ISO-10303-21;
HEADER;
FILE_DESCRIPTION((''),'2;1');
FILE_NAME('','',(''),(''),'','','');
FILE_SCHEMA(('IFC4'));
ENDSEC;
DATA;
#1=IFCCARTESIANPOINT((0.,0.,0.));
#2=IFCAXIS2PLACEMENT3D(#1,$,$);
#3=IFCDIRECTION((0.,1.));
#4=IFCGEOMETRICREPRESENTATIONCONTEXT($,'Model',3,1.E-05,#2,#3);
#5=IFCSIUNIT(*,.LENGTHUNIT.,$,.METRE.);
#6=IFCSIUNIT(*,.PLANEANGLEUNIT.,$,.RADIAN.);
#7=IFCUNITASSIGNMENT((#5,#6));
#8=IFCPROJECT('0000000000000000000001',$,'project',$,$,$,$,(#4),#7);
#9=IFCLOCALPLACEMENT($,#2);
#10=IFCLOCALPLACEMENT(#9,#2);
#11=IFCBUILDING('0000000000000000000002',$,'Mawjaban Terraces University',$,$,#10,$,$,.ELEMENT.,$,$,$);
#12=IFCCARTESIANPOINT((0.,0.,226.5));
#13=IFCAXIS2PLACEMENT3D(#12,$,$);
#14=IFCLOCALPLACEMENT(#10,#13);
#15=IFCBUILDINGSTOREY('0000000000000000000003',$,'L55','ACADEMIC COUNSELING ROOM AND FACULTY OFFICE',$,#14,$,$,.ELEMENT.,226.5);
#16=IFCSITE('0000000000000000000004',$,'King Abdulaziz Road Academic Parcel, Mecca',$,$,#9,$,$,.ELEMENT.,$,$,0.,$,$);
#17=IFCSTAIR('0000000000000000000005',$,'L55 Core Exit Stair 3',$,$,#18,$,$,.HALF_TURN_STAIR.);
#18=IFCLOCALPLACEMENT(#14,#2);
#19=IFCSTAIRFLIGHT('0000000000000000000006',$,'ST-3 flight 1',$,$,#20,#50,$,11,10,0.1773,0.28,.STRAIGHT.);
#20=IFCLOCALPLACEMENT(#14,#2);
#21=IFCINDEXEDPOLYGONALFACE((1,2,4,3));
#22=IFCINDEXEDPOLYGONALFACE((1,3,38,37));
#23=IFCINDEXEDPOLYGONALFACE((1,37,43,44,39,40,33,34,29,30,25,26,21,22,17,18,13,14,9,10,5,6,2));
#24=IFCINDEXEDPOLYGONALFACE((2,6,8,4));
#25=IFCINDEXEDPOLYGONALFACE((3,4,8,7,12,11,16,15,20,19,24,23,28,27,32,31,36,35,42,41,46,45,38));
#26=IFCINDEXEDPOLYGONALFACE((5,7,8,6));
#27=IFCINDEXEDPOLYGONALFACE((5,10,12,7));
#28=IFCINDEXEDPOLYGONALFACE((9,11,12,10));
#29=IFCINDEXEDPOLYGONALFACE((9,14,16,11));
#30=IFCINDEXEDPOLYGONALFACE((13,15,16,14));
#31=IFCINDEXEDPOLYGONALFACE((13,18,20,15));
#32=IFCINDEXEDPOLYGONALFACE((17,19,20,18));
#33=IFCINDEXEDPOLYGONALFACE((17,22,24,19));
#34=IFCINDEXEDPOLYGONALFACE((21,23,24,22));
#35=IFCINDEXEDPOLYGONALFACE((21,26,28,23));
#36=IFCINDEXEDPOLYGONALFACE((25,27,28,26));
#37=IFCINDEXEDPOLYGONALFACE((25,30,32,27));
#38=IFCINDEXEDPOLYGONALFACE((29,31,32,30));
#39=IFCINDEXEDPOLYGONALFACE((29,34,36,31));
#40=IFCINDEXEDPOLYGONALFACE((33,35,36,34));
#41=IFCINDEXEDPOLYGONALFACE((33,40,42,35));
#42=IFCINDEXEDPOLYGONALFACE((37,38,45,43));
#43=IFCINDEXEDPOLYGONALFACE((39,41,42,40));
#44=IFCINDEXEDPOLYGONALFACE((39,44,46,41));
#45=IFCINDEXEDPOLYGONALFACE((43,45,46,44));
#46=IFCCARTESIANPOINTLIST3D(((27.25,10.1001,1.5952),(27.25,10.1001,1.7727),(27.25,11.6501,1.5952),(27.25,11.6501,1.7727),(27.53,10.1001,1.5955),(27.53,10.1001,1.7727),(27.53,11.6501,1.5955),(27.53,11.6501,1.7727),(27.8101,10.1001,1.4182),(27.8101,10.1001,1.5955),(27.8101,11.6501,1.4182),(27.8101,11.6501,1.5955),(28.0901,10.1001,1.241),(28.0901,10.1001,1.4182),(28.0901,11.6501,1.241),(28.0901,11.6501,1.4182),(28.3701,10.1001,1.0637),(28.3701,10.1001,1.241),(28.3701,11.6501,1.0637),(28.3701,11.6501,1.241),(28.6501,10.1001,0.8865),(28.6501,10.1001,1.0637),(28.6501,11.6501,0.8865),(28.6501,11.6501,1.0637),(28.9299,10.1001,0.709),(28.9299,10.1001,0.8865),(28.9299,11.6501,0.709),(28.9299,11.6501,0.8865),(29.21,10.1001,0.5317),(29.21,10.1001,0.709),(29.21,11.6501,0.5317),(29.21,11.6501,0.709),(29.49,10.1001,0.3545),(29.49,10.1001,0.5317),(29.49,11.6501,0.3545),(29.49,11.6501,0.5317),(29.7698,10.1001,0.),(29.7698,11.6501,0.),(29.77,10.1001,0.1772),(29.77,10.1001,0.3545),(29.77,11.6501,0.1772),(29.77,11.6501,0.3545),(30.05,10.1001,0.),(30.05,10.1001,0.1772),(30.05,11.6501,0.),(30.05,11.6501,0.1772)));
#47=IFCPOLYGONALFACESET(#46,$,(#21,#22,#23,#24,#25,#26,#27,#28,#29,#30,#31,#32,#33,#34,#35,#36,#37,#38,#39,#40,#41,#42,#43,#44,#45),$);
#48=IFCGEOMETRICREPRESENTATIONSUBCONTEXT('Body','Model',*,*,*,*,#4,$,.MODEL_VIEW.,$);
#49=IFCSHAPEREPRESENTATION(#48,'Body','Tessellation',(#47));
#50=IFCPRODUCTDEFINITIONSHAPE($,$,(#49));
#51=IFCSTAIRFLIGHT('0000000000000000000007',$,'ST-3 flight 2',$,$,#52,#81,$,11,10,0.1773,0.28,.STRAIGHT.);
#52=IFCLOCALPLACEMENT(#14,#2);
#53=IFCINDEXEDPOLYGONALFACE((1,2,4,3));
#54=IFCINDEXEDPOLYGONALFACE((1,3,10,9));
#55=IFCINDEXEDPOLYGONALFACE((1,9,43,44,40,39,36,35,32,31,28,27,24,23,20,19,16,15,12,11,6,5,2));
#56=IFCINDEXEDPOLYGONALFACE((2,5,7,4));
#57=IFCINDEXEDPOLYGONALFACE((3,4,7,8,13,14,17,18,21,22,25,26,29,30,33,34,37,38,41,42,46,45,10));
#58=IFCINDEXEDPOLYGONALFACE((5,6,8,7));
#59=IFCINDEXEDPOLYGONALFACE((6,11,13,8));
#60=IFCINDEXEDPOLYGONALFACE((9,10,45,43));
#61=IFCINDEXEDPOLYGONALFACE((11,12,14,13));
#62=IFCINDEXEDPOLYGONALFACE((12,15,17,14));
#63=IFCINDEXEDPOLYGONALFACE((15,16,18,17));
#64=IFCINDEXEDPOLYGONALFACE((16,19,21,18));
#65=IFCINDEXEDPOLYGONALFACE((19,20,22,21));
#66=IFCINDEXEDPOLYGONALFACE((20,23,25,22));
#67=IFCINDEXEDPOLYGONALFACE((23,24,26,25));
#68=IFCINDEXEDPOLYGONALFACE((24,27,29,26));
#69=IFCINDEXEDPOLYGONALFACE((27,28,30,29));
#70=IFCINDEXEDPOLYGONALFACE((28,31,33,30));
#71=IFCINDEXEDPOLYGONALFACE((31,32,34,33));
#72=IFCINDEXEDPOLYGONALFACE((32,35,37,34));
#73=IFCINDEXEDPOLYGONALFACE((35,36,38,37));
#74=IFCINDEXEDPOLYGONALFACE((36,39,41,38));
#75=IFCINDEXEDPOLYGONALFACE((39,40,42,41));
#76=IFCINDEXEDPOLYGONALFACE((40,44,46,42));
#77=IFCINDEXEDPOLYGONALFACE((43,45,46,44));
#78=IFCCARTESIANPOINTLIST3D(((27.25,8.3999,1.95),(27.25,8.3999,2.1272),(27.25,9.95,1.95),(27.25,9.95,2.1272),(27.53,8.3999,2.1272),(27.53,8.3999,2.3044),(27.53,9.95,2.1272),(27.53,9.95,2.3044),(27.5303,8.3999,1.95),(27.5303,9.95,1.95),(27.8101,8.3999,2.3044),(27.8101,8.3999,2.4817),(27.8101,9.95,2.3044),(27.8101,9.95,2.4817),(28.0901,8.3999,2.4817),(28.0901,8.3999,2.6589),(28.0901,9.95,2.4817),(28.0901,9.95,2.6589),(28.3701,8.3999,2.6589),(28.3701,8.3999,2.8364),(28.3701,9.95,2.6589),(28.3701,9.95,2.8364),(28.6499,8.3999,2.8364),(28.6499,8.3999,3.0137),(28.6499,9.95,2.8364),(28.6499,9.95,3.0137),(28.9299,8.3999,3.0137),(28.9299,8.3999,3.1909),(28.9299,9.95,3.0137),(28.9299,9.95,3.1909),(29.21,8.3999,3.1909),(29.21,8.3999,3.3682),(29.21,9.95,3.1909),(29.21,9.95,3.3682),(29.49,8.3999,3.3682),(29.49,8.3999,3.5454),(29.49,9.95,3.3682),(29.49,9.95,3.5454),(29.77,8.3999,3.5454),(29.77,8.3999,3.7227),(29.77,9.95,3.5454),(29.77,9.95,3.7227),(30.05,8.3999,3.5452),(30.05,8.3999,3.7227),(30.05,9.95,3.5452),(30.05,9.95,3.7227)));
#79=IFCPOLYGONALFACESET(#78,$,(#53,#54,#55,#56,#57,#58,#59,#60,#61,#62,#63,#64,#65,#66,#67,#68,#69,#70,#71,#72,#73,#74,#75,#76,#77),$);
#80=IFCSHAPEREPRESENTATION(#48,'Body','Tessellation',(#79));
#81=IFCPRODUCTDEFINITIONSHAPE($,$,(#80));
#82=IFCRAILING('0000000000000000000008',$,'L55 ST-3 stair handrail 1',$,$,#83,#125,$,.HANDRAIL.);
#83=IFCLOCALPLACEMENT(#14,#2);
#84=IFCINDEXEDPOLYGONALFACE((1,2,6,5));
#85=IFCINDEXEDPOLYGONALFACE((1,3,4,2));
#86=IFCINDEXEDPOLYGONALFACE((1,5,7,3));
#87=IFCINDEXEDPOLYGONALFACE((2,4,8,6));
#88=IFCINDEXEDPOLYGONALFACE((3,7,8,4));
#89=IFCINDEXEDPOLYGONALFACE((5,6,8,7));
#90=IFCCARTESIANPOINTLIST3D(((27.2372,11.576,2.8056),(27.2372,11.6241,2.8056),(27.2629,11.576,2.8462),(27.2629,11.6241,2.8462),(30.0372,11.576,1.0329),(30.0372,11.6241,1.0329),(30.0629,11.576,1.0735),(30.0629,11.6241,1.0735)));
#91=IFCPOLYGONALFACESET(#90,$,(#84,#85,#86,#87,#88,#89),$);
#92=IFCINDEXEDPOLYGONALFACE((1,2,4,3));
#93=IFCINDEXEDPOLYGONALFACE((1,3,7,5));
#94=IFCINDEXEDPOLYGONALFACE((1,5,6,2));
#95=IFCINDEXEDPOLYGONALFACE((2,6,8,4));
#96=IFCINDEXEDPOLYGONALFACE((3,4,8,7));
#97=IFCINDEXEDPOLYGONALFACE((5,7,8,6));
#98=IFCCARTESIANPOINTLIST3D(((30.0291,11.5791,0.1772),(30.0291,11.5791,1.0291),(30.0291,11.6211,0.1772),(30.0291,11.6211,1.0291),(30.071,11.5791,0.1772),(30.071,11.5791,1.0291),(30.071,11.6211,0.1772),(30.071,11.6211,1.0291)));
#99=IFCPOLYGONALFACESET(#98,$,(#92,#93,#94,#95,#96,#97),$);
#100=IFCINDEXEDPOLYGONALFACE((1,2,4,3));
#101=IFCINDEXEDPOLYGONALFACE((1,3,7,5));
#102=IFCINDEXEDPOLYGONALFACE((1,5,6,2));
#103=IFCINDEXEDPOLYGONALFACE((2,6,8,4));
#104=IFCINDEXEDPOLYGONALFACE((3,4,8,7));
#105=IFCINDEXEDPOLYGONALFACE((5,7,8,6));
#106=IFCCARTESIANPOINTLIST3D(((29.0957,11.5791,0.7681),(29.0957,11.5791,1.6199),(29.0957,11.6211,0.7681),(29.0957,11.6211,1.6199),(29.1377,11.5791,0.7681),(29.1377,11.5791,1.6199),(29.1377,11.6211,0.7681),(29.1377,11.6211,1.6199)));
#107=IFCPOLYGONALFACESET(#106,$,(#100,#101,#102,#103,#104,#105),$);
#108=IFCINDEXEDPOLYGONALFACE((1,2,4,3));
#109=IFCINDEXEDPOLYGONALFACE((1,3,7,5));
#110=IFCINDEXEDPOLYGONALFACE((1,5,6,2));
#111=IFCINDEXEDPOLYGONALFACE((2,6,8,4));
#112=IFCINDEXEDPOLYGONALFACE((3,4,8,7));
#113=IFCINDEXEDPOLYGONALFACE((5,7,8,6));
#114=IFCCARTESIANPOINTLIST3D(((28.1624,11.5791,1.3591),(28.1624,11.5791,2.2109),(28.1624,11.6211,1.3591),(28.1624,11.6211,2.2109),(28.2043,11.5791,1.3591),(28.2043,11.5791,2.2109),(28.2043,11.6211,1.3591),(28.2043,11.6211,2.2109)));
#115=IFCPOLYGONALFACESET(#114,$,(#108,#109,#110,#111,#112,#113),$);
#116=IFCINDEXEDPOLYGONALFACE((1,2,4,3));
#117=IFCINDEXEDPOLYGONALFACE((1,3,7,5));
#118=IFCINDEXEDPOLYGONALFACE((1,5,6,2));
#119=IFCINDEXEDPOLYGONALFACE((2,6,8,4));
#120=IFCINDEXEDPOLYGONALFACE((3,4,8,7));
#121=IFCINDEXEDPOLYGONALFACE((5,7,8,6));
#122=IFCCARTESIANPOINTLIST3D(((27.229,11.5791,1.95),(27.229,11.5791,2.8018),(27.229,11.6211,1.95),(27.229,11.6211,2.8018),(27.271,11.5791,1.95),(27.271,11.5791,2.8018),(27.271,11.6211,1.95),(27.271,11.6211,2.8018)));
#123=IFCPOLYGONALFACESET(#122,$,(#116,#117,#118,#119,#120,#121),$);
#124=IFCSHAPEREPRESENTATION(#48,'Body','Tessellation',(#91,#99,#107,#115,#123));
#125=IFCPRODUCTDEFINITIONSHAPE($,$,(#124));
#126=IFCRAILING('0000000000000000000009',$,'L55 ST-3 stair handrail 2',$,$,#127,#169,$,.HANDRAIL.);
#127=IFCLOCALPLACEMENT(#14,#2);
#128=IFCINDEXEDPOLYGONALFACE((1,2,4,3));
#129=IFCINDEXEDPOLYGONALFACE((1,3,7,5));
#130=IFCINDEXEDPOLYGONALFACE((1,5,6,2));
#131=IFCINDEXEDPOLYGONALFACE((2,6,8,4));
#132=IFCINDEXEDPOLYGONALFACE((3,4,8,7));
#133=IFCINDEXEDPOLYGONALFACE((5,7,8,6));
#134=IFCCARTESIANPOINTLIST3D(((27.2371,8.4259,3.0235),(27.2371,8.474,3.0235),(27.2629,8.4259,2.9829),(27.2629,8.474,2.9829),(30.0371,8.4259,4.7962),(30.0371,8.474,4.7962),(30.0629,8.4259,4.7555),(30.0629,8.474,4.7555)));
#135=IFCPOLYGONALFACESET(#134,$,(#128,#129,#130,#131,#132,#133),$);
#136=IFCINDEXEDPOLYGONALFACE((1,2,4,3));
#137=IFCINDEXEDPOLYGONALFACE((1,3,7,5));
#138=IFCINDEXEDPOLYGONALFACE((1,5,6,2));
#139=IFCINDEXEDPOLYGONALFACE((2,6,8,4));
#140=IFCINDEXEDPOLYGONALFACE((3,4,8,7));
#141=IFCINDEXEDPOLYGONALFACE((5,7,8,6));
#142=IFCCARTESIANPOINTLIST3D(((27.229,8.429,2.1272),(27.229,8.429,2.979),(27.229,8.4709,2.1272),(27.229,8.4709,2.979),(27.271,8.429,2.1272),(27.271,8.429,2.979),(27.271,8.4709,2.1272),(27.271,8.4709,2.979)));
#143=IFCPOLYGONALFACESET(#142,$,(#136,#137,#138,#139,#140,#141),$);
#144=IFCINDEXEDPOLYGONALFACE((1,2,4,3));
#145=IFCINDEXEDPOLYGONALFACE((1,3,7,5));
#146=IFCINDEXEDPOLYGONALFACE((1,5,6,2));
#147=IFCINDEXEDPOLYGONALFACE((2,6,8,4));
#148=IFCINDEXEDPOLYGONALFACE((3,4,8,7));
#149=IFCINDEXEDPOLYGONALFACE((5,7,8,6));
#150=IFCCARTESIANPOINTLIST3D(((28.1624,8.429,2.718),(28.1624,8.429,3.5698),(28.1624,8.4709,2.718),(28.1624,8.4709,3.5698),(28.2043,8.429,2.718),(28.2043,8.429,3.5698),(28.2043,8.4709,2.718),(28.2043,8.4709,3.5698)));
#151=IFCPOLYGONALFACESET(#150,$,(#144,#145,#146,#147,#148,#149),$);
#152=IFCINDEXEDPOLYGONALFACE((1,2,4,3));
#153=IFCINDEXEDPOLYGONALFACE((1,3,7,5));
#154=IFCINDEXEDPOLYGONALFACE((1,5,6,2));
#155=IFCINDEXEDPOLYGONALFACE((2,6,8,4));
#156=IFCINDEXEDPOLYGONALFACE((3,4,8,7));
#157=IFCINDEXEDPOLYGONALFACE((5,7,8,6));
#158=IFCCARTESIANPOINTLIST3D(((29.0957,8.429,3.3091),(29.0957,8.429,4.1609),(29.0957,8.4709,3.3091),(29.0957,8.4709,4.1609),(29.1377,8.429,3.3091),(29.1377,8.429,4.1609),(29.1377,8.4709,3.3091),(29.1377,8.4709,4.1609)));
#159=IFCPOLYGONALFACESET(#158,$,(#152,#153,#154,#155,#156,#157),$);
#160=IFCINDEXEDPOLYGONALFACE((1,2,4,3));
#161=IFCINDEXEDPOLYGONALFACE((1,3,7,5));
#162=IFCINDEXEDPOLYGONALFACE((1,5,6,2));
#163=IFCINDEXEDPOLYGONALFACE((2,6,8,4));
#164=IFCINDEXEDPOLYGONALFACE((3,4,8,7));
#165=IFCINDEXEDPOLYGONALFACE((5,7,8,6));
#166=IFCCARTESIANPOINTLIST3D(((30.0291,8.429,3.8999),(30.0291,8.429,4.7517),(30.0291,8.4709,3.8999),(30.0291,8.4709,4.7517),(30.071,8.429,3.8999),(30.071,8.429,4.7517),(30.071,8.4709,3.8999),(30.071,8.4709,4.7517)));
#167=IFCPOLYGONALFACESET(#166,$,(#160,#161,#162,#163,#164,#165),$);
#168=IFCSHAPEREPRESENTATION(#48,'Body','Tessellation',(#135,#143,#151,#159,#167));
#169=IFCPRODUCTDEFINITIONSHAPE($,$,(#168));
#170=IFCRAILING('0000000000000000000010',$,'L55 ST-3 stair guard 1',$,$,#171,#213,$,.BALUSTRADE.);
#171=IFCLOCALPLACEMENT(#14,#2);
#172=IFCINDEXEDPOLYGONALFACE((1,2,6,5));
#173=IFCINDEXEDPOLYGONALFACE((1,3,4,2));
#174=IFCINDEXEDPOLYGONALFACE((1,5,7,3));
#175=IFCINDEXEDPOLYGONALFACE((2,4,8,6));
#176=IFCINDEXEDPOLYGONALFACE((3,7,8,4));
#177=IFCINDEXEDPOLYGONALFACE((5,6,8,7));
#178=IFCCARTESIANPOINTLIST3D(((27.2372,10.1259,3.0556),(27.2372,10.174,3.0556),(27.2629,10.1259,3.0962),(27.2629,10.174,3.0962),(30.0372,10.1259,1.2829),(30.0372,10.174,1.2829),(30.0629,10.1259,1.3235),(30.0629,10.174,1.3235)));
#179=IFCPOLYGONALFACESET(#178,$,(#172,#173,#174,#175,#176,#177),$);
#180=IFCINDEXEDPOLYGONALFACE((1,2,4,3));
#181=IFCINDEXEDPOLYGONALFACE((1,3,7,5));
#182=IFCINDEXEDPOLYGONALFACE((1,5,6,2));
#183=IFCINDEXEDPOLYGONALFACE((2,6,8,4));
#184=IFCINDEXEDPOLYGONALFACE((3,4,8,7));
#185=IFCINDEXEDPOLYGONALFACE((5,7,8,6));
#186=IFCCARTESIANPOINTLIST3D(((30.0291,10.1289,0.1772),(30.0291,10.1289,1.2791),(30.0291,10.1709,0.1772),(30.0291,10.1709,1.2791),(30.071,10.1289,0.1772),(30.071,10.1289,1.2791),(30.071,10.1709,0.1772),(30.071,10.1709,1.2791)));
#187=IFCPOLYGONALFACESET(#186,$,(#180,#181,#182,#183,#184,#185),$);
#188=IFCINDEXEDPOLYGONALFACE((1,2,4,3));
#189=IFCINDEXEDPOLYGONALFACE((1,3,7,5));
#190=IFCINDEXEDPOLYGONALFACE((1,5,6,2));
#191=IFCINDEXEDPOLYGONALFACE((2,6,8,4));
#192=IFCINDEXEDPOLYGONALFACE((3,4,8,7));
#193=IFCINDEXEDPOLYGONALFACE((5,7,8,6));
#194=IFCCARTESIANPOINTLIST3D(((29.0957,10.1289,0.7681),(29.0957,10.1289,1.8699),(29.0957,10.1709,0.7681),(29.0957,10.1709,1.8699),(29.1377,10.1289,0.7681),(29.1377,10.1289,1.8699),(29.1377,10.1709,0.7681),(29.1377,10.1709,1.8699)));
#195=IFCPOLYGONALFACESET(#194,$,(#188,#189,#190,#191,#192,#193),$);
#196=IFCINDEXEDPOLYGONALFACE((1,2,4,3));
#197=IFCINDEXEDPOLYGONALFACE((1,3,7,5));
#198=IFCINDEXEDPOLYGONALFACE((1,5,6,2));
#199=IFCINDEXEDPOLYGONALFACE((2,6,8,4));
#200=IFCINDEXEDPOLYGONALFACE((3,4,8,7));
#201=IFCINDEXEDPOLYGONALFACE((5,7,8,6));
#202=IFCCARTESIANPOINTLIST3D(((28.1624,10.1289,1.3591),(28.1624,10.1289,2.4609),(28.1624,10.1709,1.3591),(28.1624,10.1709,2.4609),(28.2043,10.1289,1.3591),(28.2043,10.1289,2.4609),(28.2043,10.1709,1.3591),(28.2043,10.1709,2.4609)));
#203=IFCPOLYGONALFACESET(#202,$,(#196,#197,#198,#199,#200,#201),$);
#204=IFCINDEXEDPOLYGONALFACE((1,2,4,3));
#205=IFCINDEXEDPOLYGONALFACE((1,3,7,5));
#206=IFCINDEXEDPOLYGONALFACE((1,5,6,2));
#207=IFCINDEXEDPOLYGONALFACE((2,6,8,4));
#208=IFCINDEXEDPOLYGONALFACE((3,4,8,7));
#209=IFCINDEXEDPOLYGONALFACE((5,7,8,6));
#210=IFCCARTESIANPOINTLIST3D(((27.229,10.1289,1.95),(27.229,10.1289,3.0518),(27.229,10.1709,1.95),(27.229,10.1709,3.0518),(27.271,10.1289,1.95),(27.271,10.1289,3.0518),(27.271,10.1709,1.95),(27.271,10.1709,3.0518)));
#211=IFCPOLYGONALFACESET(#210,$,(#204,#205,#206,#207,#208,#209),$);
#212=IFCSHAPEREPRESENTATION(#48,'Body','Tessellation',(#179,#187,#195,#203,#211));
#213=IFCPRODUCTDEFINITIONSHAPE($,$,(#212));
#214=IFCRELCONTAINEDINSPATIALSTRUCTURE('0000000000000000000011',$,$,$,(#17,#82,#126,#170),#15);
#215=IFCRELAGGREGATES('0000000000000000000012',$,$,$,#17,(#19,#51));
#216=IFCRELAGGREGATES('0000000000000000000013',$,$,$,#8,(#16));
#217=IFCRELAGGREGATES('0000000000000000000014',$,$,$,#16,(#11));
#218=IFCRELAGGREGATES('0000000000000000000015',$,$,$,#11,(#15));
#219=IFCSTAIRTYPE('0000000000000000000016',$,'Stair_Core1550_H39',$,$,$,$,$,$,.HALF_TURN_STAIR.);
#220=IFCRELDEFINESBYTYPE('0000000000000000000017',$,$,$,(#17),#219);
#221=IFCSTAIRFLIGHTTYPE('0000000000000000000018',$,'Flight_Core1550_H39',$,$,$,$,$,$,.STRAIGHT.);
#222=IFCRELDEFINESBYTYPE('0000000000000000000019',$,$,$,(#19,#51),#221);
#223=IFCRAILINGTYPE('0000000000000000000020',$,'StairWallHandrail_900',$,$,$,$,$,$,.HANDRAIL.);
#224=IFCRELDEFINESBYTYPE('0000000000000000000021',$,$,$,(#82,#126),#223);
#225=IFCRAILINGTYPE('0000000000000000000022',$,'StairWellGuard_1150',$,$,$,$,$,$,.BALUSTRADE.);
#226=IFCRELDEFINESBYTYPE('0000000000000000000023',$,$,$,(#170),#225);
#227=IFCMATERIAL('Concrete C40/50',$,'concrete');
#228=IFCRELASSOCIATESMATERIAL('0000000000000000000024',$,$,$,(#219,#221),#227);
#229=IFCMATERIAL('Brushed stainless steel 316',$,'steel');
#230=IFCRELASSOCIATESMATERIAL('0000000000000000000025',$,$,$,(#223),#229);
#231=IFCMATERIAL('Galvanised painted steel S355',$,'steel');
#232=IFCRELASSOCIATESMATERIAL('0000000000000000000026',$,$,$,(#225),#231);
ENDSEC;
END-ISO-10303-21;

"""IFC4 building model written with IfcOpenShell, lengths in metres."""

from ifc_helpers import new_model, si_unit, direction, frame, origin, origin_2d, place, context, subcontext, project, spatial, polyline, rectangle, outline, extrude, material, type_object, element, aggregate, save


model = new_model("IFC4")

# Units and contexts
model_context = context("Model", 3, precision=1e-05, world=origin(), true_north=direction((0.0, 1.0)))
body_context = subcontext(model_context, "Body", "Model", "MODEL_VIEW")
ifc_project = project(units=[si_unit("LENGTHUNIT", "METRE"), si_unit("PLANEANGLEUNIT", "RADIAN")], contexts=[model_context])

# Site, building, storey
site_placement = place(None, origin())
site = spatial("IfcSite", under=ifc_project, at=site_placement, Name="King Abdulaziz Road Academic Parcel, Mecca", CompositionType="ELEMENT", RefElevation=0.0)
building_placement = place(site_placement, origin())
building = spatial("IfcBuilding", under=site, at=building_placement, Name="Mawjaban Terraces University", CompositionType="ELEMENT")
storey_placement = place(building_placement, frame((0.0, 0.0, 226.5)))
storey = spatial("IfcBuildingStorey", under=building, at=storey_placement, Name="L55", Description="ACADEMIC COUNSELING ROOM AND FACULTY OFFICE", CompositionType="ELEMENT", Elevation=226.5)

# Shared definitions
ifc_material_1 = material(Name="Concrete C40/50", Category="concrete")

# Stair, stair flights
stair_type = type_object("IfcStairType", Name="Stair_Core1550_H39", PredefinedType="HALF_TURN_STAIR", material=ifc_material_1)
stair_placement = place(storey_placement, origin())
stair = element("IfcStair", 1, at=stair_placement, inside=storey, type_object=stair_type, Name="L55 Core Exit Stair 3", PredefinedType="HALF_TURN_STAIR")
stair_flight_type = type_object("IfcStairFlightType", Name="Flight_Core1550_H39", PredefinedType="STRAIGHT", material=ifc_material_1)
stair_flight_1_placement = place(storey_placement, frame((30.05, 10.875, 0.0), z_axis=(0.0, 0.0, 1.0), x_axis=(-1.0, 0.0, 0.0)))
stair_flight_1 = element("IfcStairFlight", 2, at=stair_flight_1_placement, type_object=stair_flight_type, Name="ST-3 flight 1", NumberOfRisers=11, NumberOfTreads=10, PredefinedType="STRAIGHT", RiserHeight=0.1773, TreadLength=0.28, context=body_context, shape_type="SweptSolid", body=[
    extrude(outline(polyline([(0.0, 0.0), (0.0, 0.1772), (0.28, 0.1772), (0.28, 0.3545), (0.5601, 0.3545), (0.5601, 0.5317), (0.8401, 0.5317), (0.8401, 0.709), (1.1201, 0.709), (1.1201, 0.8865), (1.3999, 0.8865), (1.3999, 1.0637), (1.6799, 1.0637), (1.6799, 1.241), (1.96, 1.241), (1.96, 1.4182), (2.24, 1.4182), (2.24, 1.5955), (2.52, 1.5955), (2.52, 1.7727), (2.8, 1.7727), (2.8, 1.95), (2.8, 1.5952), (0.2803, 0.0), (0.0, 0.0)])), frame((0.0, 0.7749, 0.0), z_axis=(0.0, -1.0, 0.0), x_axis=(1.0, 0.0, 0.0)), (0.0, 0.0, 1.0), 1.55),
])
stair_flight_2_placement = place(storey_placement, frame((27.25, 9.175, 1.95), z_axis=(0.0, 0.0, 1.0), x_axis=(1.0, 0.0, 0.0)))
stair_flight_2 = element("IfcStairFlight", 3, at=stair_flight_2_placement, type_object=stair_flight_type, Name="ST-3 flight 2", NumberOfRisers=11, NumberOfTreads=10, PredefinedType="STRAIGHT", RiserHeight=0.1773, TreadLength=0.28, context=body_context, shape_type="SweptSolid", body=[
    extrude(outline(polyline([(0.0, 0.0), (0.0, 0.1772), (0.28, 0.1772), (0.28, 0.3545), (0.5601, 0.3545), (0.5601, 0.5317), (0.8401, 0.5317), (0.8401, 0.709), (1.1201, 0.709), (1.1201, 0.8865), (1.3999, 0.8865), (1.3999, 1.0637), (1.6799, 1.0637), (1.6799, 1.241), (1.96, 1.241), (1.96, 1.4182), (2.24, 1.4182), (2.24, 1.5955), (2.52, 1.5955), (2.52, 1.7727), (2.8, 1.7727), (2.8, 1.95), (2.8, 1.5952), (0.2803, 0.0), (0.0, 0.0)])), frame((0.0, 0.7749, 0.0), z_axis=(0.0, -1.0, 0.0), x_axis=(1.0, 0.0, 0.0)), (0.0, 0.0, 1.0), 1.55),
])
aggregate(stair, [stair_flight_1, stair_flight_2])

# Railings
ifc_material_2 = material(Name="Brushed stainless steel 316", Category="steel")
railing_type_1 = type_object("IfcRailingType", Name="StairWallHandrail_900", PredefinedType="HANDRAIL", material=ifc_material_2)
railing_1_placement = place(storey_placement, frame((30.05, 11.6001, 0.1772)))
element("IfcRailing", 4, at=railing_1_placement, inside=storey, type_object=railing_type_1, Name="L55 ST-3 stair handrail 1", PredefinedType="HANDRAIL", context=body_context, shape_type="SweptSolid", body=[
    extrude(rectangle(XDim=0.0481, YDim=0.0481, at=origin_2d()), frame((0.0, 0.0, 0.876), z_axis=(-0.844909, 0.0, 0.53491), x_axis=(0.0, -1.0, 0.0)), (0.0, 0.0, 1.0), 3.314),
    extrude(rectangle(XDim=0.042, YDim=0.042, at=origin_2d()), origin(), (0.0, 0.0, 1.0), 0.8518),
    extrude(rectangle(XDim=0.042, YDim=0.042, at=origin_2d()), frame((-0.9333, 0.0, 0.5908)), (0.0, 0.0, 1.0), 0.8518),
    extrude(rectangle(XDim=0.042, YDim=0.042, at=origin_2d()), frame((-1.8667, 0.0, 1.1819)), (0.0, 0.0, 1.0), 0.8518),
    extrude(rectangle(XDim=0.042, YDim=0.042, at=origin_2d()), frame((-2.8, 0.0, 1.7727)), (0.0, 0.0, 1.0), 0.8518),
])
railing_2_placement = place(storey_placement, frame((27.25, 8.45, 2.1272)))
element("IfcRailing", 5, at=railing_2_placement, inside=storey, type_object=railing_type_1, Name="L55 ST-3 stair handrail 2", PredefinedType="HANDRAIL", context=body_context, shape_type="SweptSolid", body=[
    extrude(rectangle(XDim=0.0481, YDim=0.0481, at=origin_2d()), frame((0.0, 0.0, 0.876), z_axis=(0.844909, 0.0, 0.53491), x_axis=(0.0, 1.0, 0.0)), (0.0, 0.0, 1.0), 3.314),
    extrude(rectangle(XDim=0.042, YDim=0.042, at=origin_2d()), origin(), (0.0, 0.0, 1.0), 0.8518),
    extrude(rectangle(XDim=0.042, YDim=0.042, at=origin_2d()), frame((0.9333, 0.0, 0.5908)), (0.0, 0.0, 1.0), 0.8518),
    extrude(rectangle(XDim=0.042, YDim=0.042, at=origin_2d()), frame((1.8667, 0.0, 1.1819)), (0.0, 0.0, 1.0), 0.8518),
    extrude(rectangle(XDim=0.042, YDim=0.042, at=origin_2d()), frame((2.8, 0.0, 1.7727)), (0.0, 0.0, 1.0), 0.8518),
])
ifc_material_3 = material(Name="Galvanised painted steel S355", Category="steel")
railing_type_2 = type_object("IfcRailingType", Name="StairWellGuard_1150", PredefinedType="BALUSTRADE", material=ifc_material_3)
railing_3_placement = place(storey_placement, frame((30.05, 10.1499, 0.1772)))
element("IfcRailing", 6, at=railing_3_placement, inside=storey, type_object=railing_type_2, Name="L55 ST-3 stair guard 1", PredefinedType="BALUSTRADE", context=body_context, shape_type="SweptSolid", body=[
    extrude(rectangle(XDim=0.0481, YDim=0.0481, at=origin_2d()), frame((0.0, 0.0, 1.126), z_axis=(-0.844909, 0.0, 0.53491), x_axis=(0.0, -1.0, 0.0)), (0.0, 0.0, 1.0), 3.314),
    extrude(rectangle(XDim=0.042, YDim=0.042, at=origin_2d()), origin(), (0.0, 0.0, 1.0), 1.1018),
    extrude(rectangle(XDim=0.042, YDim=0.042, at=origin_2d()), frame((-0.9333, 0.0, 0.5908)), (0.0, 0.0, 1.0), 1.1018),
    extrude(rectangle(XDim=0.042, YDim=0.042, at=origin_2d()), frame((-1.8667, 0.0, 1.1819)), (0.0, 0.0, 1.0), 1.1018),
    extrude(rectangle(XDim=0.042, YDim=0.042, at=origin_2d()), frame((-2.8, 0.0, 1.7727)), (0.0, 0.0, 1.0), 1.1018),
])

save(model, "model.ifc")
